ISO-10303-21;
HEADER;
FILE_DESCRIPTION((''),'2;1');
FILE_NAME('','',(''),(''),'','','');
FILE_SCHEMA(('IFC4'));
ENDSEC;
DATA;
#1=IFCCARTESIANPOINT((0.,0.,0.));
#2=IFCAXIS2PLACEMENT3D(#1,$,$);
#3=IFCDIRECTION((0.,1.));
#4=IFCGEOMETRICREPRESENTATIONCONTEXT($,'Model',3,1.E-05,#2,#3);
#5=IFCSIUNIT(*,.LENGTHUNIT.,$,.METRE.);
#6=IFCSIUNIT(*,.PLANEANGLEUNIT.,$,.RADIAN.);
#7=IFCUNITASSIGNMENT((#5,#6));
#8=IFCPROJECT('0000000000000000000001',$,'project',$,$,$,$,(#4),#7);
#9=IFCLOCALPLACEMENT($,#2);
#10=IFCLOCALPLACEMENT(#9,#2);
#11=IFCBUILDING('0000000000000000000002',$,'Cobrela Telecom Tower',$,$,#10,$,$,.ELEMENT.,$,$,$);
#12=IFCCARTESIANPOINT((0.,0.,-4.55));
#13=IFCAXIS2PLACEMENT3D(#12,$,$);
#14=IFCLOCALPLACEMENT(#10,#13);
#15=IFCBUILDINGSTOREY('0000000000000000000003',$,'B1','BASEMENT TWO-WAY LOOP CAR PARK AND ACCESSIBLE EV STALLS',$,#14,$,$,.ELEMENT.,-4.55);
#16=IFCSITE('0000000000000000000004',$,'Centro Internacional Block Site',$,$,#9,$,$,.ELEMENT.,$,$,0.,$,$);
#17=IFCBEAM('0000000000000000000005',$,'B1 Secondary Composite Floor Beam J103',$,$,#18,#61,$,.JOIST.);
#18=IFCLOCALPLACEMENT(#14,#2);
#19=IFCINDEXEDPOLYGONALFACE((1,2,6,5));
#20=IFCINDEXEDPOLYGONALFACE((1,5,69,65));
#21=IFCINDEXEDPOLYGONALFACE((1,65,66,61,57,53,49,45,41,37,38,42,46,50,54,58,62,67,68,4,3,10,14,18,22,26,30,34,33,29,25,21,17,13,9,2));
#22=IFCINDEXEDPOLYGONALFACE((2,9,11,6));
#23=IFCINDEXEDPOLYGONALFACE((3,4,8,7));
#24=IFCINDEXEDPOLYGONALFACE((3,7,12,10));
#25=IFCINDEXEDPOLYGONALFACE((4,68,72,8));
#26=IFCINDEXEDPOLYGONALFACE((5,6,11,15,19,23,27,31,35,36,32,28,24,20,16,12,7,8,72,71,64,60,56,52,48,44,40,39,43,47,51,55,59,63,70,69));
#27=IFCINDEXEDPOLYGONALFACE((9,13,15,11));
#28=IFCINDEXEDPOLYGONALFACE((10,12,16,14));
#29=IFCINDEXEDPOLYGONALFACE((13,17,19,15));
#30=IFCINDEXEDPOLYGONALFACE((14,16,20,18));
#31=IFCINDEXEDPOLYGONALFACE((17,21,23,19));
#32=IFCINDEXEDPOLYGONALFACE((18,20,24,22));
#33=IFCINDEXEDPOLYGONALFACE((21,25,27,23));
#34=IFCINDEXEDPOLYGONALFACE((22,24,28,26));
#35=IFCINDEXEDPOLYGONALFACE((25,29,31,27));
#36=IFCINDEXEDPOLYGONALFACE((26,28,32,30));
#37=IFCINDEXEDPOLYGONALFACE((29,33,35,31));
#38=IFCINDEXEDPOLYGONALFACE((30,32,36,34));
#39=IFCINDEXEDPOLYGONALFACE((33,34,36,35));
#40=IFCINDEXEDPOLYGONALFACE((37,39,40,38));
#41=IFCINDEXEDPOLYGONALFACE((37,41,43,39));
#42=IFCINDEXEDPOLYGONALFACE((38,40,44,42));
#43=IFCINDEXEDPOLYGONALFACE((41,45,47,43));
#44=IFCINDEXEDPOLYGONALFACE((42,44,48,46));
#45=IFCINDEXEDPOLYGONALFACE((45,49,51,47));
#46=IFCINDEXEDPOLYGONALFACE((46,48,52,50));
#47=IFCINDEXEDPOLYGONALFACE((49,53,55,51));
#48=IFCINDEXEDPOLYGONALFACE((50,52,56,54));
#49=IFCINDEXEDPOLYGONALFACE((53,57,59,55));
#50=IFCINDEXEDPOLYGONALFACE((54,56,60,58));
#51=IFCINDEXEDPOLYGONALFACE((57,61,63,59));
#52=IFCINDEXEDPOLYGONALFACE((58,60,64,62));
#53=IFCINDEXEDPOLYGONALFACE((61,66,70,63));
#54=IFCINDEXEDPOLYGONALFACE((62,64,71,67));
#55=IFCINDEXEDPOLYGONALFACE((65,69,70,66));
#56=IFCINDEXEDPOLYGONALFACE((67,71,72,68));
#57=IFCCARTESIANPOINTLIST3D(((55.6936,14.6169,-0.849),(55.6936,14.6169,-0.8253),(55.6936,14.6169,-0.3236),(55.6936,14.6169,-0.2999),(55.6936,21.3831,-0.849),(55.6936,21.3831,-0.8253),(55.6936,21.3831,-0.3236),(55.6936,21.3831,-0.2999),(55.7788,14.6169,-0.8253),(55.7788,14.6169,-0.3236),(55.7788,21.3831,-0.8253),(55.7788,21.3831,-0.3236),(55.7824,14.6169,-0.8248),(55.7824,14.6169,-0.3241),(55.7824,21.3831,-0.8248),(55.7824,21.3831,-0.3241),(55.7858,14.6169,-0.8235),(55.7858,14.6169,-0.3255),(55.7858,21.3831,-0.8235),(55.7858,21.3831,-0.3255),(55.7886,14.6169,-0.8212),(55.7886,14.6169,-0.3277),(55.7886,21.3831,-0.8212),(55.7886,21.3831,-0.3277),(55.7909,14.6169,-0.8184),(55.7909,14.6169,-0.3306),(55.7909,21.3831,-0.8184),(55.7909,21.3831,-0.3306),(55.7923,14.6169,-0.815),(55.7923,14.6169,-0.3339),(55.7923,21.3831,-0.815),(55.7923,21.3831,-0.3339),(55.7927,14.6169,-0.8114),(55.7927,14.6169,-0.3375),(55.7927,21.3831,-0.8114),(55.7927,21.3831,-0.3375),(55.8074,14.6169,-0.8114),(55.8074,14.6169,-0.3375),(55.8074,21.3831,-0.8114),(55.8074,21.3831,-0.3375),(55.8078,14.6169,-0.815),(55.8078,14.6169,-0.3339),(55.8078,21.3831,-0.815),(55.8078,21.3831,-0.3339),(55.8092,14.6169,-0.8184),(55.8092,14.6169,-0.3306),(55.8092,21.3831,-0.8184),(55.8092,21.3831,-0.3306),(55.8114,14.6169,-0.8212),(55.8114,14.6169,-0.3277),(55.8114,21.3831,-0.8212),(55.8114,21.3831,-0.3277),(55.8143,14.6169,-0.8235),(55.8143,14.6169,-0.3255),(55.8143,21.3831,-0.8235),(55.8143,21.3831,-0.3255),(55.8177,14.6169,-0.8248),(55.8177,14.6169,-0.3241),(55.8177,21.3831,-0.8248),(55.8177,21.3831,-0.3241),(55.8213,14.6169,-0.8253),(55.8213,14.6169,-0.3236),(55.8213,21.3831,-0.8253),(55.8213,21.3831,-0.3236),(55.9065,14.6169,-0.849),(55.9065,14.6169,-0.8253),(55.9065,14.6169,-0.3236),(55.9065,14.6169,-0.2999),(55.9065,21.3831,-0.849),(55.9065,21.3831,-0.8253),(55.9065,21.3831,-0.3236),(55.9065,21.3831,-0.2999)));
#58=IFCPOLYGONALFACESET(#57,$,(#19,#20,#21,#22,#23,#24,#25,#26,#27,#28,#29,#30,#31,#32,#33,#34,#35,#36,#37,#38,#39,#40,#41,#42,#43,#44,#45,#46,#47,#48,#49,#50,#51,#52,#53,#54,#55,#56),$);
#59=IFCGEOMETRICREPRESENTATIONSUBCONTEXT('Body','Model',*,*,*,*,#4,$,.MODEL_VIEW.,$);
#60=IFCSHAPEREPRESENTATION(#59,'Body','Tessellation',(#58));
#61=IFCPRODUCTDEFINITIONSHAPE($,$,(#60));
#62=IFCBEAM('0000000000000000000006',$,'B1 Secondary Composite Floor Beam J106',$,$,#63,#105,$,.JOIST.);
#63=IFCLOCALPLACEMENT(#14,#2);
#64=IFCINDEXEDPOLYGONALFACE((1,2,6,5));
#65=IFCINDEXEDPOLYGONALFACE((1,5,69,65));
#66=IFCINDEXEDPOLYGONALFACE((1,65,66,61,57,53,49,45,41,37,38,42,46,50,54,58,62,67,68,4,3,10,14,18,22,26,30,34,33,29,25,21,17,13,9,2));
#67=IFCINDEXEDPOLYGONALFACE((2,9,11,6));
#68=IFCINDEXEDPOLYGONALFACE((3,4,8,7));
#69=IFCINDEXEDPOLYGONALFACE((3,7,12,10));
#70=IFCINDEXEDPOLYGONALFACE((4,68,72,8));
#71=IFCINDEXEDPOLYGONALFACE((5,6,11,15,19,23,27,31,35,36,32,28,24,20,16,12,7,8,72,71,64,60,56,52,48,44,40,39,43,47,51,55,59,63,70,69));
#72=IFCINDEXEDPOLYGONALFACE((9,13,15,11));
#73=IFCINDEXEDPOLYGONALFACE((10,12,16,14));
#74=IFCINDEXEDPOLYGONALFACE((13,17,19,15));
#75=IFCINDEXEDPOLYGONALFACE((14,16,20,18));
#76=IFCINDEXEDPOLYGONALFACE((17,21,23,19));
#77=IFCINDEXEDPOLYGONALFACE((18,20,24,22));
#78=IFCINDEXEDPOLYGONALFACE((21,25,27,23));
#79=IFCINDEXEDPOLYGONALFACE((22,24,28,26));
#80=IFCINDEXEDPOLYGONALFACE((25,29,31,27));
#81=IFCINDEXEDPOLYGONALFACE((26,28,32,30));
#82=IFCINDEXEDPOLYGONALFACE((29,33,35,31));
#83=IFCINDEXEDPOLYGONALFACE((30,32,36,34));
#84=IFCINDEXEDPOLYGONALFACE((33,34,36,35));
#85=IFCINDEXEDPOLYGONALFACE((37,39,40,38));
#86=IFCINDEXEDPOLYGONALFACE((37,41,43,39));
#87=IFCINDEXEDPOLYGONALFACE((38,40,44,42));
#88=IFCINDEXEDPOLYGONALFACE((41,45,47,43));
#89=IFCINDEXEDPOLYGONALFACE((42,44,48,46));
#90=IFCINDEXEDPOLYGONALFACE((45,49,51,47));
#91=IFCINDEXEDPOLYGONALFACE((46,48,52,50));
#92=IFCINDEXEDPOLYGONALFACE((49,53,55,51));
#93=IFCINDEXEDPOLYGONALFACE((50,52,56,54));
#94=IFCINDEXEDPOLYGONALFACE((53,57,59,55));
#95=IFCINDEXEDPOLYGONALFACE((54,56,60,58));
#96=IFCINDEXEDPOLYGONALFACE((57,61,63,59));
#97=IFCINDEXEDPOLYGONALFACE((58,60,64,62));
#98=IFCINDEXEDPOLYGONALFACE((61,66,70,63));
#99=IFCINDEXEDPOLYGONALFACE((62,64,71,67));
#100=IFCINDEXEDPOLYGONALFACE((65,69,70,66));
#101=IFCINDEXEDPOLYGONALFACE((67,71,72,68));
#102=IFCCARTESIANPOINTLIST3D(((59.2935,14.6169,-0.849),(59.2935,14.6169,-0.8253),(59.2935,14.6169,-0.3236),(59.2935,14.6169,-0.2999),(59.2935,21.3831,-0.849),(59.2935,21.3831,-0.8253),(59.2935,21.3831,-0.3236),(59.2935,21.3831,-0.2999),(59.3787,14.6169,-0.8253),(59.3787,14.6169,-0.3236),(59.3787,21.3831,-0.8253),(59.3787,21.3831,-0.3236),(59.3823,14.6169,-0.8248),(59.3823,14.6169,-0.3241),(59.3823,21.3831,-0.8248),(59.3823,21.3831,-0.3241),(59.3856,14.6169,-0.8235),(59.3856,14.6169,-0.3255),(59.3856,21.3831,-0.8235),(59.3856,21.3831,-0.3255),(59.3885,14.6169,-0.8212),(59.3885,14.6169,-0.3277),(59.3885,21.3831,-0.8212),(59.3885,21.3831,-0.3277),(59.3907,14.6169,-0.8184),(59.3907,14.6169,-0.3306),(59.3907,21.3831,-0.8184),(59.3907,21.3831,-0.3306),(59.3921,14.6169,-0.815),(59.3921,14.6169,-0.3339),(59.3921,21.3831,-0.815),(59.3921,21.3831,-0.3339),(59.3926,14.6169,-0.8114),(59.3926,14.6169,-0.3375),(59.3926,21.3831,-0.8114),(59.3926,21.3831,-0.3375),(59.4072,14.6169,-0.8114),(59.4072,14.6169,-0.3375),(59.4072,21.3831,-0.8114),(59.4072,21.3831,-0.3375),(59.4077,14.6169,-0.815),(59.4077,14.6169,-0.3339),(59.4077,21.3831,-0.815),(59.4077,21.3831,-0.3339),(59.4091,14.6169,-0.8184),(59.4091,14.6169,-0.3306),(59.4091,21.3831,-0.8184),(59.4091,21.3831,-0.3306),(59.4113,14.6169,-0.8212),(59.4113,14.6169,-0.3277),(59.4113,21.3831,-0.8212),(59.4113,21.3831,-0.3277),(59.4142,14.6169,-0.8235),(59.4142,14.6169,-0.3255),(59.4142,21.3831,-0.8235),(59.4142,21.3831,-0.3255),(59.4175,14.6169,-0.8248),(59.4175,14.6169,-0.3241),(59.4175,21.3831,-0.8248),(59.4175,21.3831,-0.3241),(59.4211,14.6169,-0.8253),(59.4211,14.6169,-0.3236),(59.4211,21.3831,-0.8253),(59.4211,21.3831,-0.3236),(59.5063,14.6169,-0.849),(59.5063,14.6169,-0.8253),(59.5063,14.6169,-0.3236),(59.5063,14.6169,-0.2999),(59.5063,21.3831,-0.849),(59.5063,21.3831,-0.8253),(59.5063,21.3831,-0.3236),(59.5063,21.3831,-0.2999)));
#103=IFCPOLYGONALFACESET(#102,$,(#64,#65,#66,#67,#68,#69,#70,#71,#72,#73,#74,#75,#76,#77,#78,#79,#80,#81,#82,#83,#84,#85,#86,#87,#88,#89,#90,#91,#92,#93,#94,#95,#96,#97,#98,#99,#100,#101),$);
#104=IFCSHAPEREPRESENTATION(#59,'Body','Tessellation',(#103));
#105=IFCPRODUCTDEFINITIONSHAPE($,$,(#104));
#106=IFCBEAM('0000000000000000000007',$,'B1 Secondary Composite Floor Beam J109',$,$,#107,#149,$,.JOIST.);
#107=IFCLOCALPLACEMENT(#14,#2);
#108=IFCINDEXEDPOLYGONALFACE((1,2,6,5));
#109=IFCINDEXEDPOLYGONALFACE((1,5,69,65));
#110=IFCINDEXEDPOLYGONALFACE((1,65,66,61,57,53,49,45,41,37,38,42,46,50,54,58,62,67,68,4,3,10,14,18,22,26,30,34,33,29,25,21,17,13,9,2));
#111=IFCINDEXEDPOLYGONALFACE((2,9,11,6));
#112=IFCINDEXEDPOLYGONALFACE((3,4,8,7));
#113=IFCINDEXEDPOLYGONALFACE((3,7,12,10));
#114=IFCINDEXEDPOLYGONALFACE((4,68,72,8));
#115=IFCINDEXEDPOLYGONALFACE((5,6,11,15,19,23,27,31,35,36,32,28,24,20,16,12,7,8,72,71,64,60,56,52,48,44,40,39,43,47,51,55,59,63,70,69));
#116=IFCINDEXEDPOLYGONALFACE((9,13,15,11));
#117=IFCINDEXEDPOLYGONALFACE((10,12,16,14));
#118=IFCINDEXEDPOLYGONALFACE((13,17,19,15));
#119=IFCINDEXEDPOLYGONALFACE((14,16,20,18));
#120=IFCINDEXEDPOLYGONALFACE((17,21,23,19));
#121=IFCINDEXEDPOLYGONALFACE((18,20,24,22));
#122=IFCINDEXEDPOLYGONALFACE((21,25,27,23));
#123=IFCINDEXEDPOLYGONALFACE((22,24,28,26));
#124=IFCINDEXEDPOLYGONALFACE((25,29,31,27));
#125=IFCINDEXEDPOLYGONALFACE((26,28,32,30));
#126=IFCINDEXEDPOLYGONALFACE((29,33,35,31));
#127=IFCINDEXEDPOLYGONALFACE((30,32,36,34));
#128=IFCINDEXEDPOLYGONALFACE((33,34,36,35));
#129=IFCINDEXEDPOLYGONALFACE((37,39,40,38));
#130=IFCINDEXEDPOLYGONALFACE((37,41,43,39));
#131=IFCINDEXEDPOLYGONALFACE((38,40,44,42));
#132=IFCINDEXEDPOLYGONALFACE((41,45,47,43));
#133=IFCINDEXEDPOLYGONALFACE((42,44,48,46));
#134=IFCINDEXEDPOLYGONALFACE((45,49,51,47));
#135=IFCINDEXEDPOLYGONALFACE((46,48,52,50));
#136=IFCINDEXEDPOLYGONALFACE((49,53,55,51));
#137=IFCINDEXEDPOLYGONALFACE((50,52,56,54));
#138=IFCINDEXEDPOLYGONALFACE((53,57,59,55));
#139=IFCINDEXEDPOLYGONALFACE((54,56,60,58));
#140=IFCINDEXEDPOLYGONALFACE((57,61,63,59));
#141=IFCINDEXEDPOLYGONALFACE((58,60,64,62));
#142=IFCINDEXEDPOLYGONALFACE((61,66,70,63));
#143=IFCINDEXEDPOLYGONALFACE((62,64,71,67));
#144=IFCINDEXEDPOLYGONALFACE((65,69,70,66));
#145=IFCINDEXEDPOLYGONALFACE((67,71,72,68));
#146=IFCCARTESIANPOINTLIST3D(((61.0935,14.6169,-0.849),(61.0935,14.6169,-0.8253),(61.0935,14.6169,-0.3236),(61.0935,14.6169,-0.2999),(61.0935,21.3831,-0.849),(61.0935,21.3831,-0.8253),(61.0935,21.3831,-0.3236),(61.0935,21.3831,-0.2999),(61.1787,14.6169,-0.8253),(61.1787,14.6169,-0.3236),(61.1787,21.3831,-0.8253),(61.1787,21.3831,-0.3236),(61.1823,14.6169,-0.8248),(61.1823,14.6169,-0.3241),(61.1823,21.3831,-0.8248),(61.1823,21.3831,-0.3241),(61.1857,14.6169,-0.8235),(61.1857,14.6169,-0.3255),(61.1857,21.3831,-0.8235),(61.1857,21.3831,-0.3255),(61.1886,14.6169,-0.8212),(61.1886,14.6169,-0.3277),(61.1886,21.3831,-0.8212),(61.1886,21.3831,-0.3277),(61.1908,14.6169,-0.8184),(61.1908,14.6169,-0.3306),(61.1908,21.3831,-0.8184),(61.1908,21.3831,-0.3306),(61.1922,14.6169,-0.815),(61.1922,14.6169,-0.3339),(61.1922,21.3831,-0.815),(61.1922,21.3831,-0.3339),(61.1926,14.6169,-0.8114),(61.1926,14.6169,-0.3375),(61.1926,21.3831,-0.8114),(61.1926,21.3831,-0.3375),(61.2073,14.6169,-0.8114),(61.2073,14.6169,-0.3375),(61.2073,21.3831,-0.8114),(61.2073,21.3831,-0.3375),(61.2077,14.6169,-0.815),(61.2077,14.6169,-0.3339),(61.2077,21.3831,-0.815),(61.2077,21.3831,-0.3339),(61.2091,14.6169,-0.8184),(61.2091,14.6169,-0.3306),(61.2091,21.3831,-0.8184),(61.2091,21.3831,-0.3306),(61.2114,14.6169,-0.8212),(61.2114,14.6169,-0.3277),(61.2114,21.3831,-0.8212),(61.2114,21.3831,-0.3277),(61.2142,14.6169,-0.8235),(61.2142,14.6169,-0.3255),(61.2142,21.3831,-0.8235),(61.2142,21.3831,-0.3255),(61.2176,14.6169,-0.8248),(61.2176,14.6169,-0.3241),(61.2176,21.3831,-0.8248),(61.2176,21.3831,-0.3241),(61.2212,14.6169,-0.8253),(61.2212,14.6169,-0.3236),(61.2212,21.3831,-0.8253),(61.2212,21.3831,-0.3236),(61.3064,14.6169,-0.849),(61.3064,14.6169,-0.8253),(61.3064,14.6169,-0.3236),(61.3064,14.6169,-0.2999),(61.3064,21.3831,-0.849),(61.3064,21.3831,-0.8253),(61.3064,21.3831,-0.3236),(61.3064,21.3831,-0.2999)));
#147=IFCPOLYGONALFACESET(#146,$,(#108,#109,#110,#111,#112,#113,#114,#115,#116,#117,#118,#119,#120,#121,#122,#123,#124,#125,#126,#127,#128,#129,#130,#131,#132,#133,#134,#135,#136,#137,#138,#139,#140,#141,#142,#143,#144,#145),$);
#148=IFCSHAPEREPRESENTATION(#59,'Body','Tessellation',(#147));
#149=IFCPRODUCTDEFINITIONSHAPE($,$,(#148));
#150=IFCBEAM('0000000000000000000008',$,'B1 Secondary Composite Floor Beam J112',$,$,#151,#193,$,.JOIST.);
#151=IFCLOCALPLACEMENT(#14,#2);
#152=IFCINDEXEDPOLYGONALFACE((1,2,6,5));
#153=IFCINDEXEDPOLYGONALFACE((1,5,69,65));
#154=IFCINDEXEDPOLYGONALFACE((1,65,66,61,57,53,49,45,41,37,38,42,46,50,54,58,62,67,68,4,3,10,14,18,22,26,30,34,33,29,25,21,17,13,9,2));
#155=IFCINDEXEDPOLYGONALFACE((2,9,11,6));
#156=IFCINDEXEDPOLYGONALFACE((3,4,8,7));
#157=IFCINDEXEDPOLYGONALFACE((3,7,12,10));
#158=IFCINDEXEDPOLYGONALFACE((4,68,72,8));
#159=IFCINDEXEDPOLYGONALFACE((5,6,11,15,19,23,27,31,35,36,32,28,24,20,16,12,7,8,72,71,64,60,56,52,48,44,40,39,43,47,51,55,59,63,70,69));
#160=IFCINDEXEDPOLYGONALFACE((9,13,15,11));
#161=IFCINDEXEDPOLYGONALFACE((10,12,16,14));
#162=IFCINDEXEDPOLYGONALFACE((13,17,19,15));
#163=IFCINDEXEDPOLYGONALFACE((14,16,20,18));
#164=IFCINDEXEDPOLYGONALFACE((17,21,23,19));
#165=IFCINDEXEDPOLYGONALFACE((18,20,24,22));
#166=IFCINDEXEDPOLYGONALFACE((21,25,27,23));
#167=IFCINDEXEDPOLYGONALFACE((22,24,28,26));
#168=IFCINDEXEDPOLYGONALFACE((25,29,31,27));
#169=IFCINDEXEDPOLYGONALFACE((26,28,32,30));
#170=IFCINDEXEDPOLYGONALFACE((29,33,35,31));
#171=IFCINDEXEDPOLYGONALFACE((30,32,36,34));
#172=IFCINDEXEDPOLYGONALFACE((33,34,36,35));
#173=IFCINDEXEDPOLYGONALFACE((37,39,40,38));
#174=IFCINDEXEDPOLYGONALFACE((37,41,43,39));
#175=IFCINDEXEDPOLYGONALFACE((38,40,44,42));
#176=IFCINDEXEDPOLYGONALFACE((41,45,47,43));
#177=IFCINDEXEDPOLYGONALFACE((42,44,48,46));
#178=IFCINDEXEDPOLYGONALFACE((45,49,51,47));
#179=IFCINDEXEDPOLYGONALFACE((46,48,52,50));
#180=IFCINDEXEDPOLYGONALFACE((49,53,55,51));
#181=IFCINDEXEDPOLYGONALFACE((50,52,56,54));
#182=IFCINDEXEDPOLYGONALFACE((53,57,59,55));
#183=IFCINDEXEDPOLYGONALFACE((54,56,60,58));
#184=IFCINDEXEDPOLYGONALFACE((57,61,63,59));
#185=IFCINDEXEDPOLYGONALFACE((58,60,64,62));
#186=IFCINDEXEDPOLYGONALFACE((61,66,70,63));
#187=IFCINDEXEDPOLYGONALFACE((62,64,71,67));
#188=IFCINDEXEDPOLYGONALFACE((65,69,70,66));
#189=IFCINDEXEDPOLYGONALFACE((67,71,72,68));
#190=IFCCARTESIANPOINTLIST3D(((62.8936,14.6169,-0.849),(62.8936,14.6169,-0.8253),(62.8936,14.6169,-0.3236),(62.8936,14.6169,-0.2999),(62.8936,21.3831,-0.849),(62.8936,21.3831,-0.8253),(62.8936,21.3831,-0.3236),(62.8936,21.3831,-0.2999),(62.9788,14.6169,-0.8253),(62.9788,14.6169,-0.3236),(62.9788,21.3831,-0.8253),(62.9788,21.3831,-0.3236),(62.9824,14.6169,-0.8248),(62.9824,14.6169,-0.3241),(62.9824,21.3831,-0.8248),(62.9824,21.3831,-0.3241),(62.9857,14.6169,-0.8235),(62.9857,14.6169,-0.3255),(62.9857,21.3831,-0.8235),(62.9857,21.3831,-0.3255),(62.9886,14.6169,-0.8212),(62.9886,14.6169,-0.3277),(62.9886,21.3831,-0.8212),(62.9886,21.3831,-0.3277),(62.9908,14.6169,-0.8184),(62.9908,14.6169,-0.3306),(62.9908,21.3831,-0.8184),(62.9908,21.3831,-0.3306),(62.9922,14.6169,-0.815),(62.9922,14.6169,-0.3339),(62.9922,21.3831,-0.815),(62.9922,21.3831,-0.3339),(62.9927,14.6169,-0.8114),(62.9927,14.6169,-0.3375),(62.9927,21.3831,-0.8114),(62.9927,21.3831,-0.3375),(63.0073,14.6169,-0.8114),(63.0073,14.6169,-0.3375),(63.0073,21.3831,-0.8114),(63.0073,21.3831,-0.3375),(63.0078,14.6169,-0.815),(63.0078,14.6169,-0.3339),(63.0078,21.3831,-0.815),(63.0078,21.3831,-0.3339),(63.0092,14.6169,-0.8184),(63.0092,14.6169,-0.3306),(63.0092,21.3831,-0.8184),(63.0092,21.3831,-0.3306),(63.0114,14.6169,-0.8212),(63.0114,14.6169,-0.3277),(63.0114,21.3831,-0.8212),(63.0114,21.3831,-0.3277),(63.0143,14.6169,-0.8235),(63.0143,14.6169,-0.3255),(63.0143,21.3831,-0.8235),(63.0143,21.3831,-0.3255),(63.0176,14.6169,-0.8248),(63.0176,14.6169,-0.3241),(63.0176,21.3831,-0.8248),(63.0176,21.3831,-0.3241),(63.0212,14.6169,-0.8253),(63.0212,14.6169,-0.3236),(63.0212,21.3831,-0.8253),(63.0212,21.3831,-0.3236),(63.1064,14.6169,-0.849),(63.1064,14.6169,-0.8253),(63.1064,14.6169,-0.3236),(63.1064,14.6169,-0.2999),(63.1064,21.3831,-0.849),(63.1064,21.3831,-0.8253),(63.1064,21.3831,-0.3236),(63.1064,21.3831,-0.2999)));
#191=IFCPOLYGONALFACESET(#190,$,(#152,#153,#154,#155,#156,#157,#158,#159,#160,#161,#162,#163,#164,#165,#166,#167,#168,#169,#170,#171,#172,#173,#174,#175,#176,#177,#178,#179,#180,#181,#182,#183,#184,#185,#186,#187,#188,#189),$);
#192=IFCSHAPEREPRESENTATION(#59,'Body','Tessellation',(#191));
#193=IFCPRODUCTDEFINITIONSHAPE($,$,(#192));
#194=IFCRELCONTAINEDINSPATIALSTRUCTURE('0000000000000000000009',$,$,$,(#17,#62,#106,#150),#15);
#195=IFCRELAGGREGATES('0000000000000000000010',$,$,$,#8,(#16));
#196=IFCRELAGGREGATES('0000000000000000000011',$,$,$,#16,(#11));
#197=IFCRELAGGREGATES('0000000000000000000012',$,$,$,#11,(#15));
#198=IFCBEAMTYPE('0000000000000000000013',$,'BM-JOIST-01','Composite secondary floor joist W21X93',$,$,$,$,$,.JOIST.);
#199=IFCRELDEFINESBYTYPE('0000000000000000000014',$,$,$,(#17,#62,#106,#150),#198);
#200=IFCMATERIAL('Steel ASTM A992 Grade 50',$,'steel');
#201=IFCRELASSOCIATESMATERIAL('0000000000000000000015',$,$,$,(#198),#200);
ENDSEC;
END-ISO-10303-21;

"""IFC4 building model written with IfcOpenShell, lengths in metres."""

from ifc_helpers import new_model, si_unit, direction, frame, origin, origin_2d, place, context, subcontext, project, spatial, i_section, extrude, material, material_profile, profile_set, type_object, element, save


model = new_model("IFC4")

# Units and contexts
model_context = context("Model", 3, precision=1e-05, world=origin(), true_north=direction((0.0, 1.0)))
body_context = subcontext(model_context, "Body", "Model", "MODEL_VIEW")
ifc_project = project(units=[si_unit("LENGTHUNIT", "METRE"), si_unit("PLANEANGLEUNIT", "RADIAN")], contexts=[model_context])

# Site, building, storey
site_placement = place(None, origin())
site = spatial("IfcSite", under=ifc_project, at=site_placement, Name="Centro Internacional Block Site", CompositionType="ELEMENT", RefElevation=0.0)
building_placement = place(site_placement, origin())
building = spatial("IfcBuilding", under=site, at=building_placement, Name="Cobrela Telecom Tower", CompositionType="ELEMENT")
storey_placement = place(building_placement, frame((0.0, 0.0, -4.55)))
storey = spatial("IfcBuildingStorey", under=building, at=storey_placement, Name="B1", Description="BASEMENT TWO-WAY LOOP CAR PARK AND ACCESSIBLE EV STALLS", CompositionType="ELEMENT", Elevation=-4.55)

# Beams
ifc_material_1 = material(Name="Steel ASTM A992 Grade 50", Category="steel")
ifc_material_profile_1 = material_profile(ifc_material_1, i_section(OverallWidth=0.2129, OverallDepth=0.5491, WebThickness=0.0146, FlangeThickness=0.0237, FilletRadius=0.0139, at=origin_2d()), Name="W21X93")
ifc_profile_set_1 = profile_set([ifc_material_profile_1], Name="Steel ASTM A992 Grade 50")
beam_type_1 = type_object("IfcBeamType", Name="BM-JOIST-01", Description="Composite secondary floor joist W21X93", PredefinedType="JOIST", material=ifc_profile_set_1)
for number, where, z_axis, x_axis, name in (
    (1, (55.8, 14.6169, -0.5745), (0.0, 1.0, 0.0), (-1.0, 0.0, 0.0), "B1 Secondary Composite Floor Beam J103"),
    (2, (59.3999, 14.6169, -0.5745), (0.0, 1.0, 0.0), (-1.0, 0.0, 0.0), "B1 Secondary Composite Floor Beam J106"),
    (3, (61.2, 14.6169, -0.5745), (0.0, 1.0, 0.0), (-1.0, 0.0, 0.0), "B1 Secondary Composite Floor Beam J109"),
    (4, (63.0, 14.6169, -0.5745), (0.0, 1.0, 0.0), (-1.0, 0.0, 0.0), "B1 Secondary Composite Floor Beam J112"),
):
    element("IfcBeam", number, at=place(storey_placement, frame(where, z_axis=z_axis, x_axis=x_axis)), inside=storey, type_object=beam_type_1, Name=name, PredefinedType="JOIST", context=body_context, shape_type="SweptSolid", body=[
        extrude(i_section(OverallWidth=0.2129, OverallDepth=0.5491, WebThickness=0.0146, FlangeThickness=0.0237, FilletRadius=0.0139, at=origin_2d()), origin(), (0.0, 0.0, 1.0), 6.7661),
    ])

save(model, "model.ifc")
